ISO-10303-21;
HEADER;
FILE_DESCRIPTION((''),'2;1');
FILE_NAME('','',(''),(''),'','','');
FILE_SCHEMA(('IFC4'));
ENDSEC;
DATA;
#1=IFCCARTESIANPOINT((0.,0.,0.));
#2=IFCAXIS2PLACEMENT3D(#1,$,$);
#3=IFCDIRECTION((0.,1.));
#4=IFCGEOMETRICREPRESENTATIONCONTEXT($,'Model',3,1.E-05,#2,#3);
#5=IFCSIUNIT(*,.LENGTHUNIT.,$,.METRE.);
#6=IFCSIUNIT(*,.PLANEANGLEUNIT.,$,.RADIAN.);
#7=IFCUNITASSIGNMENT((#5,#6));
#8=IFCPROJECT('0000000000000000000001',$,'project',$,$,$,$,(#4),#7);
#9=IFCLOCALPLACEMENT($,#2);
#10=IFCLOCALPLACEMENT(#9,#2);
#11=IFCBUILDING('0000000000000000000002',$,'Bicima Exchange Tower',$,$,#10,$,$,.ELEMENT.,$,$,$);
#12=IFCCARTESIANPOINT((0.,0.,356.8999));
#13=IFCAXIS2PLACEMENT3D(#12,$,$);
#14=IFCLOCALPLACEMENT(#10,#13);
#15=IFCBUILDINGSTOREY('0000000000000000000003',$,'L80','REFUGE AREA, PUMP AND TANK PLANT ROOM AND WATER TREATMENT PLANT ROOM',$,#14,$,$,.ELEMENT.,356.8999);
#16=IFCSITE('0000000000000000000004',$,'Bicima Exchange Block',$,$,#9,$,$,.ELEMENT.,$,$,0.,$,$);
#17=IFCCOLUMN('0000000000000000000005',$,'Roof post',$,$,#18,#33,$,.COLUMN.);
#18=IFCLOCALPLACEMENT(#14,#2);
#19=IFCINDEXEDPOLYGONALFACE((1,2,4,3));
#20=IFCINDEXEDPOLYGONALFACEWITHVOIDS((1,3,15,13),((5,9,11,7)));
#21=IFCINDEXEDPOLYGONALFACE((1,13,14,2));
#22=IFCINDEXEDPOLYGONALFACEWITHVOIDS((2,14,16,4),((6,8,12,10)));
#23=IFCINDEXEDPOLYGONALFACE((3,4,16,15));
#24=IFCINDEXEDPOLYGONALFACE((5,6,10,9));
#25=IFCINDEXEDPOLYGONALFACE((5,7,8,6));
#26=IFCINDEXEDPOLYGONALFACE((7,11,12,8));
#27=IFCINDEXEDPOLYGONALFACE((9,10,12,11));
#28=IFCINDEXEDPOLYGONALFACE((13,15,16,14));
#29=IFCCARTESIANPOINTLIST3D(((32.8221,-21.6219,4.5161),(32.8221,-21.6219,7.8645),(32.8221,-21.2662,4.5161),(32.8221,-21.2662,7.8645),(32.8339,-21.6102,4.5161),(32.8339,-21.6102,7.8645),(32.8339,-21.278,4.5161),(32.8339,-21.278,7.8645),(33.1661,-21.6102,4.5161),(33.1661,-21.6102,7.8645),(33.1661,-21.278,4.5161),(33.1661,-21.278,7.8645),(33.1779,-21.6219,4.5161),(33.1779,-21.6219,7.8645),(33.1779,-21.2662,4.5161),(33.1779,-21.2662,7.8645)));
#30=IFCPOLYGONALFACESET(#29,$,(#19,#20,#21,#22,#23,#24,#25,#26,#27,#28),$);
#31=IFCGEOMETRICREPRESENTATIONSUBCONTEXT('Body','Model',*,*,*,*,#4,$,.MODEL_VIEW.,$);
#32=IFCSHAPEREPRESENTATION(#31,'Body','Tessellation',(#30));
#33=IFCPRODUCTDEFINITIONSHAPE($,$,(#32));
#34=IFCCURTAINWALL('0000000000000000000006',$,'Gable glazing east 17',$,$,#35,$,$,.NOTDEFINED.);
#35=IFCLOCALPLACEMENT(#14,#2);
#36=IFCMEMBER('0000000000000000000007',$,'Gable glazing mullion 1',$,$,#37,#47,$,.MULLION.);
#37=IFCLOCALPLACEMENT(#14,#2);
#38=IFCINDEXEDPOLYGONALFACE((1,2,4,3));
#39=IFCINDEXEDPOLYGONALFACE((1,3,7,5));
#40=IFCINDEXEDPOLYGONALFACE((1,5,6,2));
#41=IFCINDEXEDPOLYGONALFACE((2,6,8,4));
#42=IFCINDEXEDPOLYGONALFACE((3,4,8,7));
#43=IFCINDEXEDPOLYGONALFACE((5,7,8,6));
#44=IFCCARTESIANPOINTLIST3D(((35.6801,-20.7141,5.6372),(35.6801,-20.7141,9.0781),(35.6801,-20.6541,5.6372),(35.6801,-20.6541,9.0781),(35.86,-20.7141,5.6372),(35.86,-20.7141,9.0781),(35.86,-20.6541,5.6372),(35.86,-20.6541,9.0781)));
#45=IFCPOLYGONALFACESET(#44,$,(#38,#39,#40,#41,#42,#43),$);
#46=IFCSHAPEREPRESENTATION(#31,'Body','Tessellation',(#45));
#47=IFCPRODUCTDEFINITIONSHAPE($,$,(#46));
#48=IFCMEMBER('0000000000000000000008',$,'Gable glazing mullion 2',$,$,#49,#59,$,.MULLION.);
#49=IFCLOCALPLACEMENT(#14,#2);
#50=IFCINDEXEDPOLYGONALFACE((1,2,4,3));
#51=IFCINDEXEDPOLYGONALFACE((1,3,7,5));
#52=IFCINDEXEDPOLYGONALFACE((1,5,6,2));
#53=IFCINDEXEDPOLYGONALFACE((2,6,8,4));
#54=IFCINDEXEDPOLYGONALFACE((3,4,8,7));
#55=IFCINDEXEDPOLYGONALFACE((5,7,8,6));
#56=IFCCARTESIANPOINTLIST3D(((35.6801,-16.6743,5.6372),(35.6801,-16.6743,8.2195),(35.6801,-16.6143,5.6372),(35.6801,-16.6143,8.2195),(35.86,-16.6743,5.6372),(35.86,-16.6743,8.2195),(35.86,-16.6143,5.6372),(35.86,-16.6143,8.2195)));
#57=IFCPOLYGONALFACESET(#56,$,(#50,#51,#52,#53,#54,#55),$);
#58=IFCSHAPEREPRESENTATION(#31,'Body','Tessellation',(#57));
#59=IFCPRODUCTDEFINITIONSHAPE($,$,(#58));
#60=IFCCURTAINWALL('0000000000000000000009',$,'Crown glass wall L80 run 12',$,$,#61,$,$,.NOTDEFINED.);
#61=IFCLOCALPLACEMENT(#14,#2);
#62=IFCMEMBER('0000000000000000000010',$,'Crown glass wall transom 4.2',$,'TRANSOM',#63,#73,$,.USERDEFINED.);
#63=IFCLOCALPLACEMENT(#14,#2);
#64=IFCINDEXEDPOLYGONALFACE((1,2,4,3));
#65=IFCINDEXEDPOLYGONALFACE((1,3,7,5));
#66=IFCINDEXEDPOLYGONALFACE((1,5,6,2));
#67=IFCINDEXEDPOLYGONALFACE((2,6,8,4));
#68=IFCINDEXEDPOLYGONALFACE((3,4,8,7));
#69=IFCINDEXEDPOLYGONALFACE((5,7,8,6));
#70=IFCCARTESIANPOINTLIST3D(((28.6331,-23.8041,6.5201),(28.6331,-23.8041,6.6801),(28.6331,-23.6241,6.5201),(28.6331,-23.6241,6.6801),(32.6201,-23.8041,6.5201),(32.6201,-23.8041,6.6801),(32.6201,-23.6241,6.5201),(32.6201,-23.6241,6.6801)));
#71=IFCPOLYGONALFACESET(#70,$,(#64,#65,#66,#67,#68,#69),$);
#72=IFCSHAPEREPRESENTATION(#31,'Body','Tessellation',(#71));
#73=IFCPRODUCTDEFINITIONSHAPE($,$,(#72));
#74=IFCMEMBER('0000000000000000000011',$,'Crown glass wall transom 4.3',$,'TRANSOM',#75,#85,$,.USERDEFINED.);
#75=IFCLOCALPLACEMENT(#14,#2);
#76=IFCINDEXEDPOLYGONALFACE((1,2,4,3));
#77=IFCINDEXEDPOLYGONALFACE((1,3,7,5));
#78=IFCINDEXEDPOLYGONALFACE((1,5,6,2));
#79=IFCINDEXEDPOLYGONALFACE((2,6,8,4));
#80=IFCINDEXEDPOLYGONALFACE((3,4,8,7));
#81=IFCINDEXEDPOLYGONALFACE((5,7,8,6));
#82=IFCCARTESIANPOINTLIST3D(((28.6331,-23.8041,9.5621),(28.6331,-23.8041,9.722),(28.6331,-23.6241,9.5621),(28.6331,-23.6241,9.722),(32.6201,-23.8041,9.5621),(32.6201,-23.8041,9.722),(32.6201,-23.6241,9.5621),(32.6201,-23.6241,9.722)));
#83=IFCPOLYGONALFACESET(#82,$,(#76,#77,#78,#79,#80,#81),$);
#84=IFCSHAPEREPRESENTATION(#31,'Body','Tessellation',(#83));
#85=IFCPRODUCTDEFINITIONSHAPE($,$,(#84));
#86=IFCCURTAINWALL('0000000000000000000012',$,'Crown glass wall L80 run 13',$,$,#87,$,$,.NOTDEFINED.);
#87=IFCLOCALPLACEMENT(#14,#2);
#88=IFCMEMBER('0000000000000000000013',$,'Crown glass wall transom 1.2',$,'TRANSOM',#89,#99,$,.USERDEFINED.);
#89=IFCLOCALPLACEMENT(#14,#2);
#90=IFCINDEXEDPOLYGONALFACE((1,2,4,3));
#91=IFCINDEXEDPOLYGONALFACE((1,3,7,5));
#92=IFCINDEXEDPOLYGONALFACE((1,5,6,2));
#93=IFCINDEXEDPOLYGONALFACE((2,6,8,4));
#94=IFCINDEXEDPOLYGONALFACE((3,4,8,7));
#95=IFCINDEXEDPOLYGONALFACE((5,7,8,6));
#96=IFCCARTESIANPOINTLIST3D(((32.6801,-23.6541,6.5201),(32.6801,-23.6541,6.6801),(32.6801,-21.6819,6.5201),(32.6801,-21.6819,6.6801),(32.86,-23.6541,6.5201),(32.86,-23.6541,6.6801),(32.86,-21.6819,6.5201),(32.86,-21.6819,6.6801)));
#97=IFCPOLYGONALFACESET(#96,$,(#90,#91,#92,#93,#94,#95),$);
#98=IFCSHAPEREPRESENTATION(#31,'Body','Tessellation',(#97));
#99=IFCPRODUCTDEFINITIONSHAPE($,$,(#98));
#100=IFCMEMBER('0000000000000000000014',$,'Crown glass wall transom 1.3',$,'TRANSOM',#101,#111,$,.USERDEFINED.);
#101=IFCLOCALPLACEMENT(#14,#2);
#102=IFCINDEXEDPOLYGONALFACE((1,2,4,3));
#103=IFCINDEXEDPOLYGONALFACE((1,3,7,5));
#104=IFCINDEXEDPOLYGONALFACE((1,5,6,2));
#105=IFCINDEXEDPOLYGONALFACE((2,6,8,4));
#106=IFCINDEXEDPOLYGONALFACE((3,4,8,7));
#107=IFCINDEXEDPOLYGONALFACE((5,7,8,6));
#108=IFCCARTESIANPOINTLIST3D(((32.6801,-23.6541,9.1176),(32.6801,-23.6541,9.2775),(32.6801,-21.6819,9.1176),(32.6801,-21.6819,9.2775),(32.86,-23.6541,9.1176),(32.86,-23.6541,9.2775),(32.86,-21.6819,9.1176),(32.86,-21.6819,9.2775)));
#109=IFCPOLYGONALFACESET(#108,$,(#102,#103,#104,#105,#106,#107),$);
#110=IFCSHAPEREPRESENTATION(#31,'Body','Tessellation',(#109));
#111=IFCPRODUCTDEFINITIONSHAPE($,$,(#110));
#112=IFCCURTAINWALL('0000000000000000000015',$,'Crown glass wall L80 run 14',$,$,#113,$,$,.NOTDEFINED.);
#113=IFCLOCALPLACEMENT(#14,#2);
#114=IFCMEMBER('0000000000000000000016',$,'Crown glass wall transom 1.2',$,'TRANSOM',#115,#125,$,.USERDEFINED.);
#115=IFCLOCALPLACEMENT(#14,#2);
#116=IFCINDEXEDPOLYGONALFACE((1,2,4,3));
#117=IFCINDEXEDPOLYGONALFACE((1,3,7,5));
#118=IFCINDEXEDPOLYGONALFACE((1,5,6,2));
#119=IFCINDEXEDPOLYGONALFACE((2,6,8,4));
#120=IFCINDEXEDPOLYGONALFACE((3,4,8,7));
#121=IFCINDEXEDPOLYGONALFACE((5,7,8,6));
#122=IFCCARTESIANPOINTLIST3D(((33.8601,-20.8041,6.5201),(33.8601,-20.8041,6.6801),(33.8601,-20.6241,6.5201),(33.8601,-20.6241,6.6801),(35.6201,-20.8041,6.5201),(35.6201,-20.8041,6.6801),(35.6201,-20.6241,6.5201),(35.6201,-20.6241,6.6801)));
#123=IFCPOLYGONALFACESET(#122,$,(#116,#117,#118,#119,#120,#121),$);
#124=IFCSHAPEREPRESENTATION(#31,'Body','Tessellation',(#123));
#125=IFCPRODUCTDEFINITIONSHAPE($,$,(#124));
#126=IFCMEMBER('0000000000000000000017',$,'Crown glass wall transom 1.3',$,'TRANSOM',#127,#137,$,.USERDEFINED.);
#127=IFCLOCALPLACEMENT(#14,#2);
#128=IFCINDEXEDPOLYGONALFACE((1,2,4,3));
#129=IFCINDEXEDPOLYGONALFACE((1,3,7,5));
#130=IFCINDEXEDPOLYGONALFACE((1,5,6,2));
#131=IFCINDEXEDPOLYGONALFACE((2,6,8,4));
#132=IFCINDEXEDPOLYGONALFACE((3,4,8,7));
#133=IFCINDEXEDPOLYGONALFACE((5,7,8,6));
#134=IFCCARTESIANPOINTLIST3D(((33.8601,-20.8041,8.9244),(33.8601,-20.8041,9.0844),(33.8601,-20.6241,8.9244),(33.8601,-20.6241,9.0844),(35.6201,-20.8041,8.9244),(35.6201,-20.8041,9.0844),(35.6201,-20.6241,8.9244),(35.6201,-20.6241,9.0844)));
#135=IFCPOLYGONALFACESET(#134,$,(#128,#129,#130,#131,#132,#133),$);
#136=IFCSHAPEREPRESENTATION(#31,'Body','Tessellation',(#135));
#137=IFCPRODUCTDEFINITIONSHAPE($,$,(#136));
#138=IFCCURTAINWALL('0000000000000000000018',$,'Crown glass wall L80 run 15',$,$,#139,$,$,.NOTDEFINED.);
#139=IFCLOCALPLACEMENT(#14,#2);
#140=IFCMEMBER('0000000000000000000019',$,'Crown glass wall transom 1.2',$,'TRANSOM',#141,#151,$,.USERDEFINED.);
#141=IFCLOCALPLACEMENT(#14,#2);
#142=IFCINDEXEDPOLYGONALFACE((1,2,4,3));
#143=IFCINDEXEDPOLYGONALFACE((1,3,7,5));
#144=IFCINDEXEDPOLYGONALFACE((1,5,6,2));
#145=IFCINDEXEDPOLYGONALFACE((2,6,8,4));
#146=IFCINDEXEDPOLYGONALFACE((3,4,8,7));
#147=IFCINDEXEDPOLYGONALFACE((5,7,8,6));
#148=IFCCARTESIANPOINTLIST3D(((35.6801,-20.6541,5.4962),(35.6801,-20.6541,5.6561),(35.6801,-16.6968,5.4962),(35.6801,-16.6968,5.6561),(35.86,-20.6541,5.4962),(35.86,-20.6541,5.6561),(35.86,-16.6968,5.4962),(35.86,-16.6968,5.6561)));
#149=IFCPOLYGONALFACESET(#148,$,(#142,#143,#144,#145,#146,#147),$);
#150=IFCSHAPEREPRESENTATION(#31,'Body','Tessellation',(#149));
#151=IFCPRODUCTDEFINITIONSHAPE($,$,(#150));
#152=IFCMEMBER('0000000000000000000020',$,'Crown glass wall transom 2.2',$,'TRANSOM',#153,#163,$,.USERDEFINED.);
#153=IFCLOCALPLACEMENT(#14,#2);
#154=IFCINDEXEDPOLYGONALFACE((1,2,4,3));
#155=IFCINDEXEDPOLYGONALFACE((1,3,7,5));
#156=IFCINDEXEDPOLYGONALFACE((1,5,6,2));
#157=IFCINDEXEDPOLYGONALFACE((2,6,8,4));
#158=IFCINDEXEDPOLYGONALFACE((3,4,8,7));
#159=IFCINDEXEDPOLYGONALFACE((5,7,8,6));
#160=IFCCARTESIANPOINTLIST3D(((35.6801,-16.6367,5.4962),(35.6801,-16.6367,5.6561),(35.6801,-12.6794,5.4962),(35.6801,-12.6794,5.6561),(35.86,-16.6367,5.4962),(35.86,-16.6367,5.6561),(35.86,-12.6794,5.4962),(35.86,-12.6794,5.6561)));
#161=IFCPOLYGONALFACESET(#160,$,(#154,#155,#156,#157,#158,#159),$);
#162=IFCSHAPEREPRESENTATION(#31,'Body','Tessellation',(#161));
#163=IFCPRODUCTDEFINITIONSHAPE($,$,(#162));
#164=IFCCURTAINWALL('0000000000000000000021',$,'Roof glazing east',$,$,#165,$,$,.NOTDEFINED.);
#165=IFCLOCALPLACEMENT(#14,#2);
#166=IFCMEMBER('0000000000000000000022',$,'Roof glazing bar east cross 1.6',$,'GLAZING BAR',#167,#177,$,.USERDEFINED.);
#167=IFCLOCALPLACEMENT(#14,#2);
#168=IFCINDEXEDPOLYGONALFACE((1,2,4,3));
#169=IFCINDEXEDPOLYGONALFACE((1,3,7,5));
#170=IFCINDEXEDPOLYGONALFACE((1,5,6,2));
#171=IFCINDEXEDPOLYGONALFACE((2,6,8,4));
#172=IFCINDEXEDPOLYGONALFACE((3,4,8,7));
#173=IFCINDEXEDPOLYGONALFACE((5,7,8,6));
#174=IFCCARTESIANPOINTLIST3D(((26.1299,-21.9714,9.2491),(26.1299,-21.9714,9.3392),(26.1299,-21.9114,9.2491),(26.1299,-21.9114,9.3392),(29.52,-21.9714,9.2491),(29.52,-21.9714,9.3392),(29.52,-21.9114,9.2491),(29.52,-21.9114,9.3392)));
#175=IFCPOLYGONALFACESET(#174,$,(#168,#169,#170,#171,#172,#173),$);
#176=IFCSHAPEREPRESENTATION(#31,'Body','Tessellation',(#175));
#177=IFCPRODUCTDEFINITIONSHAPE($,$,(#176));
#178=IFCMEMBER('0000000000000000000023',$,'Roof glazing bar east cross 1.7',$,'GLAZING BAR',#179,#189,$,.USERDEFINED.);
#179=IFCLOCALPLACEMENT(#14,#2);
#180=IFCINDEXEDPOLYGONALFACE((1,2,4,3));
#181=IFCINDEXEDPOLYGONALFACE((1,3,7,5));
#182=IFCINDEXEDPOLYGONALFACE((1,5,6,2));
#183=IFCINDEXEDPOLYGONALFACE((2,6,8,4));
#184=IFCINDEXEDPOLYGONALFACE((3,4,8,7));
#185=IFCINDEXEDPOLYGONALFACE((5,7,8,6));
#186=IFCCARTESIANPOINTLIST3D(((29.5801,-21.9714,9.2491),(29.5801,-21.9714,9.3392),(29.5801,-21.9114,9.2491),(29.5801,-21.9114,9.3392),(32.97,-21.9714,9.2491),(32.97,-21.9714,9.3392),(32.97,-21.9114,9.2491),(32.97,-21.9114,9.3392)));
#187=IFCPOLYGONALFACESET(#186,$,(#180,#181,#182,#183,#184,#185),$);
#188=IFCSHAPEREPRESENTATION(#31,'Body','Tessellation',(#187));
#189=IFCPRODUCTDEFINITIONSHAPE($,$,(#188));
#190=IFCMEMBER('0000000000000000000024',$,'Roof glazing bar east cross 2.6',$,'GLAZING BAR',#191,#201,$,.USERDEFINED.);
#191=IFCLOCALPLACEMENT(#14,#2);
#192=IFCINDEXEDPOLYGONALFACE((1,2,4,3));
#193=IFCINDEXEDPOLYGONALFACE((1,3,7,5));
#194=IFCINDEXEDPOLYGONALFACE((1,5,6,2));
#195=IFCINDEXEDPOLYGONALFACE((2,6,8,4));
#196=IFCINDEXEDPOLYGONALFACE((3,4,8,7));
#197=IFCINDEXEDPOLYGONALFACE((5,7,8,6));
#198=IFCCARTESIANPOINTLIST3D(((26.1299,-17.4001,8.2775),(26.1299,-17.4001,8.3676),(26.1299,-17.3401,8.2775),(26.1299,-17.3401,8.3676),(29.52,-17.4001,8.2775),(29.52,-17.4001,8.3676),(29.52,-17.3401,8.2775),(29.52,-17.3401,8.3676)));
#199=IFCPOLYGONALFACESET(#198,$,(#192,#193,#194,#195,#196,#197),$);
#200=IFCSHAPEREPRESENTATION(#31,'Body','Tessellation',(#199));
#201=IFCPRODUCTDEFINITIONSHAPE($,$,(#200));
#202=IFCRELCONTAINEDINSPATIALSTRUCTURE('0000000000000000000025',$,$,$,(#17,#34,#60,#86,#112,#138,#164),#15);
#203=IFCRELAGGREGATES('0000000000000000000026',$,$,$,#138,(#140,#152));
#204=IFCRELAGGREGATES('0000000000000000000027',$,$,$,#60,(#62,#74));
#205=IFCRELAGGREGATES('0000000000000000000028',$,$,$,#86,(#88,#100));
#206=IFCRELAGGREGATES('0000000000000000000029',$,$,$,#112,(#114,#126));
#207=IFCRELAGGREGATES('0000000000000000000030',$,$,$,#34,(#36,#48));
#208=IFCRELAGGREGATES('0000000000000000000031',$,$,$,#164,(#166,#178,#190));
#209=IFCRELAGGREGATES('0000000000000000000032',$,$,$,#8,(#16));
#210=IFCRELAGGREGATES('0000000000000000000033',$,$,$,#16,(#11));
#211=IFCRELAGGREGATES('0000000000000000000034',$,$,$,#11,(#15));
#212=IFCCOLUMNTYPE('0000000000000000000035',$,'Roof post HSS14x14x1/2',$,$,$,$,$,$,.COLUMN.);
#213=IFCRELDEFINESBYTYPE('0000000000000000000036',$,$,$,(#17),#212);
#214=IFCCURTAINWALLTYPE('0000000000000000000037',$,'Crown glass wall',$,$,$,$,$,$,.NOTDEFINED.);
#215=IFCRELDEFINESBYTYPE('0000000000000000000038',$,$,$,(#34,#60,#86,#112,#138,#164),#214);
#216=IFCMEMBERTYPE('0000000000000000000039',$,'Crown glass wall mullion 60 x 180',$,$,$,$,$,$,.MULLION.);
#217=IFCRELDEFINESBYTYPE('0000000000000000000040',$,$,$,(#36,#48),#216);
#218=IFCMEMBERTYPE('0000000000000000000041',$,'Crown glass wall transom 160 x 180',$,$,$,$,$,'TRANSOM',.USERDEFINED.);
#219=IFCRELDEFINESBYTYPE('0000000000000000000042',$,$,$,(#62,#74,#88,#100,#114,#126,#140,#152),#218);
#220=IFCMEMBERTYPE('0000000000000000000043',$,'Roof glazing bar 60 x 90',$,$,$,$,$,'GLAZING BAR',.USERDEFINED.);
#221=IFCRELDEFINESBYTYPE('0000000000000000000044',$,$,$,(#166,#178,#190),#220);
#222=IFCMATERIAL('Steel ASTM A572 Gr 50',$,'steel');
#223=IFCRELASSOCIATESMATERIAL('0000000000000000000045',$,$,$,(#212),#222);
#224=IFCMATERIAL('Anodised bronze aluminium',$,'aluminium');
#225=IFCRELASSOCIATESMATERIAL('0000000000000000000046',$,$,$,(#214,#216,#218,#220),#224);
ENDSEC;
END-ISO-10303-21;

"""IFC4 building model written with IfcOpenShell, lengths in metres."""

from ifc_helpers import new_model, si_unit, direction, frame, origin, origin_2d, place, context, subcontext, project, spatial, rectangle, hollow_rectangle, extrude, material, material_profile, profile_set, type_object, element, aggregate, save


model = new_model("IFC4")

# Units and contexts
model_context = context("Model", 3, precision=1e-05, world=origin(), true_north=direction((0.0, 1.0)))
body_context = subcontext(model_context, "Body", "Model", "MODEL_VIEW")
ifc_project = project(units=[si_unit("LENGTHUNIT", "METRE"), si_unit("PLANEANGLEUNIT", "RADIAN")], contexts=[model_context])

# Site, building, storey
site_placement = place(None, origin())
site = spatial("IfcSite", under=ifc_project, at=site_placement, Name="Bicima Exchange Block", CompositionType="ELEMENT", RefElevation=0.0)
building_placement = place(site_placement, origin())
building = spatial("IfcBuilding", under=site, at=building_placement, Name="Bicima Exchange Tower", CompositionType="ELEMENT")
storey_placement = place(building_placement, frame((0.0, 0.0, 356.8999)))
storey = spatial("IfcBuildingStorey", under=building, at=storey_placement, Name="L80", Description="REFUGE AREA, PUMP AND TANK PLANT ROOM AND WATER TREATMENT PLANT ROOM", CompositionType="ELEMENT", Elevation=356.8999)

# Column
ifc_material_1 = material(Name="Steel ASTM A572 Gr 50", Category="steel")
ifc_material_profile_1 = material_profile(ifc_material_1, hollow_rectangle(XDim=0.3557, YDim=0.3557, WallThickness=0.0117, at=origin_2d()))
ifc_profile_set_1 = profile_set([ifc_material_profile_1], Name="Steel ASTM A572 Gr 50")
column_type = type_object("IfcColumnType", Name="Roof post HSS14x14x1/2", PredefinedType="COLUMN", material=ifc_profile_set_1)
column_placement = place(storey_placement, frame((33.0, -21.4441, 4.5161), z_axis=(0.0, 0.0, 1.0), x_axis=(1.0, 0.0, 0.0)))
element("IfcColumn", 1, at=column_placement, inside=storey, type_object=column_type, Name="Roof post", PredefinedType="COLUMN", context=body_context, shape_type="SweptSolid", body=[
    extrude(hollow_rectangle(XDim=0.3557, YDim=0.3557, WallThickness=0.0117, at=origin_2d()), origin(), (0.0, 0.0, 1.0), 3.3484),
])

# Curtain walls, members
ifc_material_2 = material(Name="Anodised bronze aluminium", Category="aluminium")
curtain_wall_type = type_object("IfcCurtainWallType", Name="Crown glass wall", PredefinedType="NOTDEFINED", material=ifc_material_2)
curtain_wall_1_placement = place(storey_placement, origin())
curtain_wall_1 = element("IfcCurtainWall", 2, at=curtain_wall_1_placement, inside=storey, type_object=curtain_wall_type, Name="Gable glazing east 17", PredefinedType="NOTDEFINED")
ifc_material_profile_2 = material_profile(ifc_material_2, rectangle(XDim=0.1799, YDim=0.0601, at=origin_2d()))
ifc_profile_set_2 = profile_set([ifc_material_profile_2], Name="Anodised bronze aluminium")
member_type_1 = type_object("IfcMemberType", Name="Crown glass wall mullion 60 x 180", PredefinedType="MULLION", material=ifc_profile_set_2)
member_1_placement = place(storey_placement, frame((35.77, -20.6841, 5.6372), z_axis=(0.0, 0.0, 1.0), x_axis=(-1.0, 0.0, 0.0)))
member_1 = element("IfcMember", 3, at=member_1_placement, type_object=member_type_1, Name="Gable glazing mullion 1", PredefinedType="MULLION", context=body_context, shape_type="SweptSolid", body=[
    extrude(rectangle(XDim=0.1799, YDim=0.0601, at=origin_2d()), origin(), (0.0, 0.0, 1.0), 3.4409),
])
member_2_placement = place(storey_placement, frame((35.77, -16.6443, 5.6372), z_axis=(0.0, 0.0, 1.0), x_axis=(-1.0, 0.0, 0.0)))
member_2 = element("IfcMember", 4, at=member_2_placement, type_object=member_type_1, Name="Gable glazing mullion 2", PredefinedType="MULLION", context=body_context, shape_type="SweptSolid", body=[
    extrude(rectangle(XDim=0.1799, YDim=0.0601, at=origin_2d()), origin(), (0.0, 0.0, 1.0), 2.5823),
])
curtain_wall_2_placement = place(storey_placement, origin())
curtain_wall_2 = element("IfcCurtainWall", 5, at=curtain_wall_2_placement, inside=storey, type_object=curtain_wall_type, Name="Crown glass wall L80 run 12", PredefinedType="NOTDEFINED")
ifc_material_profile_3 = material_profile(ifc_material_2, rectangle(XDim=0.1799, YDim=0.1599, at=origin_2d()))
ifc_profile_set_3 = profile_set([ifc_material_profile_3], Name="Anodised bronze aluminium")
member_type_2 = type_object("IfcMemberType", Name="Crown glass wall transom 160 x 180", ElementType="TRANSOM", PredefinedType="USERDEFINED", material=ifc_profile_set_3)
member_3_placement = place(storey_placement, frame((28.6331, -23.7141, 6.6001), z_axis=(1.0, 0.0, 0.0), x_axis=(0.0, 1.0, 0.0)))
member_3 = element("IfcMember", 6, at=member_3_placement, type_object=member_type_2, Name="Crown glass wall transom 4.2", ObjectType="TRANSOM", PredefinedType="USERDEFINED", context=body_context, shape_type="SweptSolid", body=[
    extrude(rectangle(XDim=0.1799, YDim=0.1599, at=origin_2d()), origin(), (0.0, 0.0, 1.0), 3.9871),
])
member_4_placement = place(storey_placement, frame((28.6331, -23.7141, 9.6421), z_axis=(1.0, 0.0, 0.0), x_axis=(0.0, 1.0, 0.0)))
member_4 = element("IfcMember", 7, at=member_4_placement, type_object=member_type_2, Name="Crown glass wall transom 4.3", ObjectType="TRANSOM", PredefinedType="USERDEFINED", context=body_context, shape_type="SweptSolid", body=[
    extrude(rectangle(XDim=0.1799, YDim=0.1599, at=origin_2d()), origin(), (0.0, 0.0, 1.0), 3.9871),
])
curtain_wall_3_placement = place(storey_placement, origin())
curtain_wall_3 = element("IfcCurtainWall", 8, at=curtain_wall_3_placement, inside=storey, type_object=curtain_wall_type, Name="Crown glass wall L80 run 13", PredefinedType="NOTDEFINED")
member_5_placement = place(storey_placement, frame((32.77, -23.6541, 6.6001), z_axis=(0.0, 1.0, 0.0), x_axis=(-1.0, 0.0, 0.0)))
member_5 = element("IfcMember", 9, at=member_5_placement, type_object=member_type_2, Name="Crown glass wall transom 1.2", ObjectType="TRANSOM", PredefinedType="USERDEFINED", context=body_context, shape_type="SweptSolid", body=[
    extrude(rectangle(XDim=0.1799, YDim=0.1599, at=origin_2d()), origin(), (0.0, 0.0, 1.0), 1.9722),
])
member_6_placement = place(storey_placement, frame((32.77, -23.6541, 9.1975), z_axis=(0.0, 1.0, 0.0), x_axis=(-1.0, 0.0, 0.0)))
member_6 = element("IfcMember", 10, at=member_6_placement, type_object=member_type_2, Name="Crown glass wall transom 1.3", ObjectType="TRANSOM", PredefinedType="USERDEFINED", context=body_context, shape_type="SweptSolid", body=[
    extrude(rectangle(XDim=0.1799, YDim=0.1599, at=origin_2d()), origin(), (0.0, 0.0, 1.0), 1.9722),
])
curtain_wall_4_placement = place(storey_placement, origin())
curtain_wall_4 = element("IfcCurtainWall", 11, at=curtain_wall_4_placement, inside=storey, type_object=curtain_wall_type, Name="Crown glass wall L80 run 14", PredefinedType="NOTDEFINED")
member_7_placement = place(storey_placement, frame((33.8601, -20.7141, 6.6001), z_axis=(1.0, 0.0, 0.0), x_axis=(0.0, 1.0, 0.0)))
member_7 = element("IfcMember", 12, at=member_7_placement, type_object=member_type_2, Name="Crown glass wall transom 1.2", ObjectType="TRANSOM", PredefinedType="USERDEFINED", context=body_context, shape_type="SweptSolid", body=[
    extrude(rectangle(XDim=0.1799, YDim=0.1599, at=origin_2d()), origin(), (0.0, 0.0, 1.0), 1.76),
])
member_8_placement = place(storey_placement, frame((33.8601, -20.7141, 9.0044), z_axis=(1.0, 0.0, 0.0), x_axis=(0.0, 1.0, 0.0)))
member_8 = element("IfcMember", 13, at=member_8_placement, type_object=member_type_2, Name="Crown glass wall transom 1.3", ObjectType="TRANSOM", PredefinedType="USERDEFINED", context=body_context, shape_type="SweptSolid", body=[
    extrude(rectangle(XDim=0.1799, YDim=0.1599, at=origin_2d()), origin(), (0.0, 0.0, 1.0), 1.76),
])
curtain_wall_5_placement = place(storey_placement, origin())
curtain_wall_5 = element("IfcCurtainWall", 14, at=curtain_wall_5_placement, inside=storey, type_object=curtain_wall_type, Name="Crown glass wall L80 run 15", PredefinedType="NOTDEFINED")
member_9_placement = place(storey_placement, frame((35.77, -20.6541, 5.5762), z_axis=(0.0, 1.0, 0.0), x_axis=(-1.0, 0.0, 0.0)))
member_9 = element("IfcMember", 15, at=member_9_placement, type_object=member_type_2, Name="Crown glass wall transom 1.2", ObjectType="TRANSOM", PredefinedType="USERDEFINED", context=body_context, shape_type="SweptSolid", body=[
    extrude(rectangle(XDim=0.1799, YDim=0.1599, at=origin_2d()), origin(), (0.0, 0.0, 1.0), 3.9573),
])
member_10_placement = place(storey_placement, frame((35.77, -16.6367, 5.5762), z_axis=(0.0, 1.0, 0.0), x_axis=(-1.0, 0.0, 0.0)))
member_10 = element("IfcMember", 16, at=member_10_placement, type_object=member_type_2, Name="Crown glass wall transom 2.2", ObjectType="TRANSOM", PredefinedType="USERDEFINED", context=body_context, shape_type="SweptSolid", body=[
    extrude(rectangle(XDim=0.1799, YDim=0.1599, at=origin_2d()), origin(), (0.0, 0.0, 1.0), 3.9573),
])
aggregate(curtain_wall_5, [member_9, member_10])
curtain_wall_6_placement = place(storey_placement, origin())
curtain_wall_6 = element("IfcCurtainWall", 17, at=curtain_wall_6_placement, inside=storey, type_object=curtain_wall_type, Name="Roof glazing east", PredefinedType="NOTDEFINED")
ifc_material_profile_4 = material_profile(ifc_material_2, rectangle(XDim=0.0601, YDim=0.0901, at=origin_2d()))
ifc_profile_set_4 = profile_set([ifc_material_profile_4], Name="Anodised bronze aluminium")
member_type_3 = type_object("IfcMemberType", Name="Roof glazing bar 60 x 90", ElementType="GLAZING BAR", PredefinedType="USERDEFINED", material=ifc_profile_set_4)
member_11_placement = place(storey_placement, frame((26.1299, -21.9414, 9.2942), z_axis=(1.0, 0.0, 0.0), x_axis=(0.0, 1.0, 0.0)))
member_11 = element("IfcMember", 18, at=member_11_placement, type_object=member_type_3, Name="Roof glazing bar east cross 1.6", ObjectType="GLAZING BAR", PredefinedType="USERDEFINED", context=body_context, shape_type="SweptSolid", body=[
    extrude(rectangle(XDim=0.0601, YDim=0.0901, at=origin_2d()), origin(), (0.0, 0.0, 1.0), 3.3901),
])
member_12_placement = place(storey_placement, frame((29.5801, -21.9414, 9.2942), z_axis=(1.0, 0.0, 0.0), x_axis=(0.0, 1.0, 0.0)))
member_12 = element("IfcMember", 19, at=member_12_placement, type_object=member_type_3, Name="Roof glazing bar east cross 1.7", ObjectType="GLAZING BAR", PredefinedType="USERDEFINED", context=body_context, shape_type="SweptSolid", body=[
    extrude(rectangle(XDim=0.0601, YDim=0.0901, at=origin_2d()), origin(), (0.0, 0.0, 1.0), 3.3899),
])
member_13_placement = place(storey_placement, frame((26.1299, -17.3701, 8.3225), z_axis=(1.0, 0.0, 0.0), x_axis=(0.0, 1.0, 0.0)))
member_13 = element("IfcMember", 20, at=member_13_placement, type_object=member_type_3, Name="Roof glazing bar east cross 2.6", ObjectType="GLAZING BAR", PredefinedType="USERDEFINED", context=body_context, shape_type="SweptSolid", body=[
    extrude(rectangle(XDim=0.0601, YDim=0.0901, at=origin_2d()), origin(), (0.0, 0.0, 1.0), 3.3901),
])

aggregate(curtain_wall_2, [member_3, member_4])
aggregate(curtain_wall_3, [member_5, member_6])
aggregate(curtain_wall_4, [member_7, member_8])
aggregate(curtain_wall_1, [member_1, member_2])

aggregate(curtain_wall_6, [member_11, member_12, member_13])

save(model, "model.ifc")
